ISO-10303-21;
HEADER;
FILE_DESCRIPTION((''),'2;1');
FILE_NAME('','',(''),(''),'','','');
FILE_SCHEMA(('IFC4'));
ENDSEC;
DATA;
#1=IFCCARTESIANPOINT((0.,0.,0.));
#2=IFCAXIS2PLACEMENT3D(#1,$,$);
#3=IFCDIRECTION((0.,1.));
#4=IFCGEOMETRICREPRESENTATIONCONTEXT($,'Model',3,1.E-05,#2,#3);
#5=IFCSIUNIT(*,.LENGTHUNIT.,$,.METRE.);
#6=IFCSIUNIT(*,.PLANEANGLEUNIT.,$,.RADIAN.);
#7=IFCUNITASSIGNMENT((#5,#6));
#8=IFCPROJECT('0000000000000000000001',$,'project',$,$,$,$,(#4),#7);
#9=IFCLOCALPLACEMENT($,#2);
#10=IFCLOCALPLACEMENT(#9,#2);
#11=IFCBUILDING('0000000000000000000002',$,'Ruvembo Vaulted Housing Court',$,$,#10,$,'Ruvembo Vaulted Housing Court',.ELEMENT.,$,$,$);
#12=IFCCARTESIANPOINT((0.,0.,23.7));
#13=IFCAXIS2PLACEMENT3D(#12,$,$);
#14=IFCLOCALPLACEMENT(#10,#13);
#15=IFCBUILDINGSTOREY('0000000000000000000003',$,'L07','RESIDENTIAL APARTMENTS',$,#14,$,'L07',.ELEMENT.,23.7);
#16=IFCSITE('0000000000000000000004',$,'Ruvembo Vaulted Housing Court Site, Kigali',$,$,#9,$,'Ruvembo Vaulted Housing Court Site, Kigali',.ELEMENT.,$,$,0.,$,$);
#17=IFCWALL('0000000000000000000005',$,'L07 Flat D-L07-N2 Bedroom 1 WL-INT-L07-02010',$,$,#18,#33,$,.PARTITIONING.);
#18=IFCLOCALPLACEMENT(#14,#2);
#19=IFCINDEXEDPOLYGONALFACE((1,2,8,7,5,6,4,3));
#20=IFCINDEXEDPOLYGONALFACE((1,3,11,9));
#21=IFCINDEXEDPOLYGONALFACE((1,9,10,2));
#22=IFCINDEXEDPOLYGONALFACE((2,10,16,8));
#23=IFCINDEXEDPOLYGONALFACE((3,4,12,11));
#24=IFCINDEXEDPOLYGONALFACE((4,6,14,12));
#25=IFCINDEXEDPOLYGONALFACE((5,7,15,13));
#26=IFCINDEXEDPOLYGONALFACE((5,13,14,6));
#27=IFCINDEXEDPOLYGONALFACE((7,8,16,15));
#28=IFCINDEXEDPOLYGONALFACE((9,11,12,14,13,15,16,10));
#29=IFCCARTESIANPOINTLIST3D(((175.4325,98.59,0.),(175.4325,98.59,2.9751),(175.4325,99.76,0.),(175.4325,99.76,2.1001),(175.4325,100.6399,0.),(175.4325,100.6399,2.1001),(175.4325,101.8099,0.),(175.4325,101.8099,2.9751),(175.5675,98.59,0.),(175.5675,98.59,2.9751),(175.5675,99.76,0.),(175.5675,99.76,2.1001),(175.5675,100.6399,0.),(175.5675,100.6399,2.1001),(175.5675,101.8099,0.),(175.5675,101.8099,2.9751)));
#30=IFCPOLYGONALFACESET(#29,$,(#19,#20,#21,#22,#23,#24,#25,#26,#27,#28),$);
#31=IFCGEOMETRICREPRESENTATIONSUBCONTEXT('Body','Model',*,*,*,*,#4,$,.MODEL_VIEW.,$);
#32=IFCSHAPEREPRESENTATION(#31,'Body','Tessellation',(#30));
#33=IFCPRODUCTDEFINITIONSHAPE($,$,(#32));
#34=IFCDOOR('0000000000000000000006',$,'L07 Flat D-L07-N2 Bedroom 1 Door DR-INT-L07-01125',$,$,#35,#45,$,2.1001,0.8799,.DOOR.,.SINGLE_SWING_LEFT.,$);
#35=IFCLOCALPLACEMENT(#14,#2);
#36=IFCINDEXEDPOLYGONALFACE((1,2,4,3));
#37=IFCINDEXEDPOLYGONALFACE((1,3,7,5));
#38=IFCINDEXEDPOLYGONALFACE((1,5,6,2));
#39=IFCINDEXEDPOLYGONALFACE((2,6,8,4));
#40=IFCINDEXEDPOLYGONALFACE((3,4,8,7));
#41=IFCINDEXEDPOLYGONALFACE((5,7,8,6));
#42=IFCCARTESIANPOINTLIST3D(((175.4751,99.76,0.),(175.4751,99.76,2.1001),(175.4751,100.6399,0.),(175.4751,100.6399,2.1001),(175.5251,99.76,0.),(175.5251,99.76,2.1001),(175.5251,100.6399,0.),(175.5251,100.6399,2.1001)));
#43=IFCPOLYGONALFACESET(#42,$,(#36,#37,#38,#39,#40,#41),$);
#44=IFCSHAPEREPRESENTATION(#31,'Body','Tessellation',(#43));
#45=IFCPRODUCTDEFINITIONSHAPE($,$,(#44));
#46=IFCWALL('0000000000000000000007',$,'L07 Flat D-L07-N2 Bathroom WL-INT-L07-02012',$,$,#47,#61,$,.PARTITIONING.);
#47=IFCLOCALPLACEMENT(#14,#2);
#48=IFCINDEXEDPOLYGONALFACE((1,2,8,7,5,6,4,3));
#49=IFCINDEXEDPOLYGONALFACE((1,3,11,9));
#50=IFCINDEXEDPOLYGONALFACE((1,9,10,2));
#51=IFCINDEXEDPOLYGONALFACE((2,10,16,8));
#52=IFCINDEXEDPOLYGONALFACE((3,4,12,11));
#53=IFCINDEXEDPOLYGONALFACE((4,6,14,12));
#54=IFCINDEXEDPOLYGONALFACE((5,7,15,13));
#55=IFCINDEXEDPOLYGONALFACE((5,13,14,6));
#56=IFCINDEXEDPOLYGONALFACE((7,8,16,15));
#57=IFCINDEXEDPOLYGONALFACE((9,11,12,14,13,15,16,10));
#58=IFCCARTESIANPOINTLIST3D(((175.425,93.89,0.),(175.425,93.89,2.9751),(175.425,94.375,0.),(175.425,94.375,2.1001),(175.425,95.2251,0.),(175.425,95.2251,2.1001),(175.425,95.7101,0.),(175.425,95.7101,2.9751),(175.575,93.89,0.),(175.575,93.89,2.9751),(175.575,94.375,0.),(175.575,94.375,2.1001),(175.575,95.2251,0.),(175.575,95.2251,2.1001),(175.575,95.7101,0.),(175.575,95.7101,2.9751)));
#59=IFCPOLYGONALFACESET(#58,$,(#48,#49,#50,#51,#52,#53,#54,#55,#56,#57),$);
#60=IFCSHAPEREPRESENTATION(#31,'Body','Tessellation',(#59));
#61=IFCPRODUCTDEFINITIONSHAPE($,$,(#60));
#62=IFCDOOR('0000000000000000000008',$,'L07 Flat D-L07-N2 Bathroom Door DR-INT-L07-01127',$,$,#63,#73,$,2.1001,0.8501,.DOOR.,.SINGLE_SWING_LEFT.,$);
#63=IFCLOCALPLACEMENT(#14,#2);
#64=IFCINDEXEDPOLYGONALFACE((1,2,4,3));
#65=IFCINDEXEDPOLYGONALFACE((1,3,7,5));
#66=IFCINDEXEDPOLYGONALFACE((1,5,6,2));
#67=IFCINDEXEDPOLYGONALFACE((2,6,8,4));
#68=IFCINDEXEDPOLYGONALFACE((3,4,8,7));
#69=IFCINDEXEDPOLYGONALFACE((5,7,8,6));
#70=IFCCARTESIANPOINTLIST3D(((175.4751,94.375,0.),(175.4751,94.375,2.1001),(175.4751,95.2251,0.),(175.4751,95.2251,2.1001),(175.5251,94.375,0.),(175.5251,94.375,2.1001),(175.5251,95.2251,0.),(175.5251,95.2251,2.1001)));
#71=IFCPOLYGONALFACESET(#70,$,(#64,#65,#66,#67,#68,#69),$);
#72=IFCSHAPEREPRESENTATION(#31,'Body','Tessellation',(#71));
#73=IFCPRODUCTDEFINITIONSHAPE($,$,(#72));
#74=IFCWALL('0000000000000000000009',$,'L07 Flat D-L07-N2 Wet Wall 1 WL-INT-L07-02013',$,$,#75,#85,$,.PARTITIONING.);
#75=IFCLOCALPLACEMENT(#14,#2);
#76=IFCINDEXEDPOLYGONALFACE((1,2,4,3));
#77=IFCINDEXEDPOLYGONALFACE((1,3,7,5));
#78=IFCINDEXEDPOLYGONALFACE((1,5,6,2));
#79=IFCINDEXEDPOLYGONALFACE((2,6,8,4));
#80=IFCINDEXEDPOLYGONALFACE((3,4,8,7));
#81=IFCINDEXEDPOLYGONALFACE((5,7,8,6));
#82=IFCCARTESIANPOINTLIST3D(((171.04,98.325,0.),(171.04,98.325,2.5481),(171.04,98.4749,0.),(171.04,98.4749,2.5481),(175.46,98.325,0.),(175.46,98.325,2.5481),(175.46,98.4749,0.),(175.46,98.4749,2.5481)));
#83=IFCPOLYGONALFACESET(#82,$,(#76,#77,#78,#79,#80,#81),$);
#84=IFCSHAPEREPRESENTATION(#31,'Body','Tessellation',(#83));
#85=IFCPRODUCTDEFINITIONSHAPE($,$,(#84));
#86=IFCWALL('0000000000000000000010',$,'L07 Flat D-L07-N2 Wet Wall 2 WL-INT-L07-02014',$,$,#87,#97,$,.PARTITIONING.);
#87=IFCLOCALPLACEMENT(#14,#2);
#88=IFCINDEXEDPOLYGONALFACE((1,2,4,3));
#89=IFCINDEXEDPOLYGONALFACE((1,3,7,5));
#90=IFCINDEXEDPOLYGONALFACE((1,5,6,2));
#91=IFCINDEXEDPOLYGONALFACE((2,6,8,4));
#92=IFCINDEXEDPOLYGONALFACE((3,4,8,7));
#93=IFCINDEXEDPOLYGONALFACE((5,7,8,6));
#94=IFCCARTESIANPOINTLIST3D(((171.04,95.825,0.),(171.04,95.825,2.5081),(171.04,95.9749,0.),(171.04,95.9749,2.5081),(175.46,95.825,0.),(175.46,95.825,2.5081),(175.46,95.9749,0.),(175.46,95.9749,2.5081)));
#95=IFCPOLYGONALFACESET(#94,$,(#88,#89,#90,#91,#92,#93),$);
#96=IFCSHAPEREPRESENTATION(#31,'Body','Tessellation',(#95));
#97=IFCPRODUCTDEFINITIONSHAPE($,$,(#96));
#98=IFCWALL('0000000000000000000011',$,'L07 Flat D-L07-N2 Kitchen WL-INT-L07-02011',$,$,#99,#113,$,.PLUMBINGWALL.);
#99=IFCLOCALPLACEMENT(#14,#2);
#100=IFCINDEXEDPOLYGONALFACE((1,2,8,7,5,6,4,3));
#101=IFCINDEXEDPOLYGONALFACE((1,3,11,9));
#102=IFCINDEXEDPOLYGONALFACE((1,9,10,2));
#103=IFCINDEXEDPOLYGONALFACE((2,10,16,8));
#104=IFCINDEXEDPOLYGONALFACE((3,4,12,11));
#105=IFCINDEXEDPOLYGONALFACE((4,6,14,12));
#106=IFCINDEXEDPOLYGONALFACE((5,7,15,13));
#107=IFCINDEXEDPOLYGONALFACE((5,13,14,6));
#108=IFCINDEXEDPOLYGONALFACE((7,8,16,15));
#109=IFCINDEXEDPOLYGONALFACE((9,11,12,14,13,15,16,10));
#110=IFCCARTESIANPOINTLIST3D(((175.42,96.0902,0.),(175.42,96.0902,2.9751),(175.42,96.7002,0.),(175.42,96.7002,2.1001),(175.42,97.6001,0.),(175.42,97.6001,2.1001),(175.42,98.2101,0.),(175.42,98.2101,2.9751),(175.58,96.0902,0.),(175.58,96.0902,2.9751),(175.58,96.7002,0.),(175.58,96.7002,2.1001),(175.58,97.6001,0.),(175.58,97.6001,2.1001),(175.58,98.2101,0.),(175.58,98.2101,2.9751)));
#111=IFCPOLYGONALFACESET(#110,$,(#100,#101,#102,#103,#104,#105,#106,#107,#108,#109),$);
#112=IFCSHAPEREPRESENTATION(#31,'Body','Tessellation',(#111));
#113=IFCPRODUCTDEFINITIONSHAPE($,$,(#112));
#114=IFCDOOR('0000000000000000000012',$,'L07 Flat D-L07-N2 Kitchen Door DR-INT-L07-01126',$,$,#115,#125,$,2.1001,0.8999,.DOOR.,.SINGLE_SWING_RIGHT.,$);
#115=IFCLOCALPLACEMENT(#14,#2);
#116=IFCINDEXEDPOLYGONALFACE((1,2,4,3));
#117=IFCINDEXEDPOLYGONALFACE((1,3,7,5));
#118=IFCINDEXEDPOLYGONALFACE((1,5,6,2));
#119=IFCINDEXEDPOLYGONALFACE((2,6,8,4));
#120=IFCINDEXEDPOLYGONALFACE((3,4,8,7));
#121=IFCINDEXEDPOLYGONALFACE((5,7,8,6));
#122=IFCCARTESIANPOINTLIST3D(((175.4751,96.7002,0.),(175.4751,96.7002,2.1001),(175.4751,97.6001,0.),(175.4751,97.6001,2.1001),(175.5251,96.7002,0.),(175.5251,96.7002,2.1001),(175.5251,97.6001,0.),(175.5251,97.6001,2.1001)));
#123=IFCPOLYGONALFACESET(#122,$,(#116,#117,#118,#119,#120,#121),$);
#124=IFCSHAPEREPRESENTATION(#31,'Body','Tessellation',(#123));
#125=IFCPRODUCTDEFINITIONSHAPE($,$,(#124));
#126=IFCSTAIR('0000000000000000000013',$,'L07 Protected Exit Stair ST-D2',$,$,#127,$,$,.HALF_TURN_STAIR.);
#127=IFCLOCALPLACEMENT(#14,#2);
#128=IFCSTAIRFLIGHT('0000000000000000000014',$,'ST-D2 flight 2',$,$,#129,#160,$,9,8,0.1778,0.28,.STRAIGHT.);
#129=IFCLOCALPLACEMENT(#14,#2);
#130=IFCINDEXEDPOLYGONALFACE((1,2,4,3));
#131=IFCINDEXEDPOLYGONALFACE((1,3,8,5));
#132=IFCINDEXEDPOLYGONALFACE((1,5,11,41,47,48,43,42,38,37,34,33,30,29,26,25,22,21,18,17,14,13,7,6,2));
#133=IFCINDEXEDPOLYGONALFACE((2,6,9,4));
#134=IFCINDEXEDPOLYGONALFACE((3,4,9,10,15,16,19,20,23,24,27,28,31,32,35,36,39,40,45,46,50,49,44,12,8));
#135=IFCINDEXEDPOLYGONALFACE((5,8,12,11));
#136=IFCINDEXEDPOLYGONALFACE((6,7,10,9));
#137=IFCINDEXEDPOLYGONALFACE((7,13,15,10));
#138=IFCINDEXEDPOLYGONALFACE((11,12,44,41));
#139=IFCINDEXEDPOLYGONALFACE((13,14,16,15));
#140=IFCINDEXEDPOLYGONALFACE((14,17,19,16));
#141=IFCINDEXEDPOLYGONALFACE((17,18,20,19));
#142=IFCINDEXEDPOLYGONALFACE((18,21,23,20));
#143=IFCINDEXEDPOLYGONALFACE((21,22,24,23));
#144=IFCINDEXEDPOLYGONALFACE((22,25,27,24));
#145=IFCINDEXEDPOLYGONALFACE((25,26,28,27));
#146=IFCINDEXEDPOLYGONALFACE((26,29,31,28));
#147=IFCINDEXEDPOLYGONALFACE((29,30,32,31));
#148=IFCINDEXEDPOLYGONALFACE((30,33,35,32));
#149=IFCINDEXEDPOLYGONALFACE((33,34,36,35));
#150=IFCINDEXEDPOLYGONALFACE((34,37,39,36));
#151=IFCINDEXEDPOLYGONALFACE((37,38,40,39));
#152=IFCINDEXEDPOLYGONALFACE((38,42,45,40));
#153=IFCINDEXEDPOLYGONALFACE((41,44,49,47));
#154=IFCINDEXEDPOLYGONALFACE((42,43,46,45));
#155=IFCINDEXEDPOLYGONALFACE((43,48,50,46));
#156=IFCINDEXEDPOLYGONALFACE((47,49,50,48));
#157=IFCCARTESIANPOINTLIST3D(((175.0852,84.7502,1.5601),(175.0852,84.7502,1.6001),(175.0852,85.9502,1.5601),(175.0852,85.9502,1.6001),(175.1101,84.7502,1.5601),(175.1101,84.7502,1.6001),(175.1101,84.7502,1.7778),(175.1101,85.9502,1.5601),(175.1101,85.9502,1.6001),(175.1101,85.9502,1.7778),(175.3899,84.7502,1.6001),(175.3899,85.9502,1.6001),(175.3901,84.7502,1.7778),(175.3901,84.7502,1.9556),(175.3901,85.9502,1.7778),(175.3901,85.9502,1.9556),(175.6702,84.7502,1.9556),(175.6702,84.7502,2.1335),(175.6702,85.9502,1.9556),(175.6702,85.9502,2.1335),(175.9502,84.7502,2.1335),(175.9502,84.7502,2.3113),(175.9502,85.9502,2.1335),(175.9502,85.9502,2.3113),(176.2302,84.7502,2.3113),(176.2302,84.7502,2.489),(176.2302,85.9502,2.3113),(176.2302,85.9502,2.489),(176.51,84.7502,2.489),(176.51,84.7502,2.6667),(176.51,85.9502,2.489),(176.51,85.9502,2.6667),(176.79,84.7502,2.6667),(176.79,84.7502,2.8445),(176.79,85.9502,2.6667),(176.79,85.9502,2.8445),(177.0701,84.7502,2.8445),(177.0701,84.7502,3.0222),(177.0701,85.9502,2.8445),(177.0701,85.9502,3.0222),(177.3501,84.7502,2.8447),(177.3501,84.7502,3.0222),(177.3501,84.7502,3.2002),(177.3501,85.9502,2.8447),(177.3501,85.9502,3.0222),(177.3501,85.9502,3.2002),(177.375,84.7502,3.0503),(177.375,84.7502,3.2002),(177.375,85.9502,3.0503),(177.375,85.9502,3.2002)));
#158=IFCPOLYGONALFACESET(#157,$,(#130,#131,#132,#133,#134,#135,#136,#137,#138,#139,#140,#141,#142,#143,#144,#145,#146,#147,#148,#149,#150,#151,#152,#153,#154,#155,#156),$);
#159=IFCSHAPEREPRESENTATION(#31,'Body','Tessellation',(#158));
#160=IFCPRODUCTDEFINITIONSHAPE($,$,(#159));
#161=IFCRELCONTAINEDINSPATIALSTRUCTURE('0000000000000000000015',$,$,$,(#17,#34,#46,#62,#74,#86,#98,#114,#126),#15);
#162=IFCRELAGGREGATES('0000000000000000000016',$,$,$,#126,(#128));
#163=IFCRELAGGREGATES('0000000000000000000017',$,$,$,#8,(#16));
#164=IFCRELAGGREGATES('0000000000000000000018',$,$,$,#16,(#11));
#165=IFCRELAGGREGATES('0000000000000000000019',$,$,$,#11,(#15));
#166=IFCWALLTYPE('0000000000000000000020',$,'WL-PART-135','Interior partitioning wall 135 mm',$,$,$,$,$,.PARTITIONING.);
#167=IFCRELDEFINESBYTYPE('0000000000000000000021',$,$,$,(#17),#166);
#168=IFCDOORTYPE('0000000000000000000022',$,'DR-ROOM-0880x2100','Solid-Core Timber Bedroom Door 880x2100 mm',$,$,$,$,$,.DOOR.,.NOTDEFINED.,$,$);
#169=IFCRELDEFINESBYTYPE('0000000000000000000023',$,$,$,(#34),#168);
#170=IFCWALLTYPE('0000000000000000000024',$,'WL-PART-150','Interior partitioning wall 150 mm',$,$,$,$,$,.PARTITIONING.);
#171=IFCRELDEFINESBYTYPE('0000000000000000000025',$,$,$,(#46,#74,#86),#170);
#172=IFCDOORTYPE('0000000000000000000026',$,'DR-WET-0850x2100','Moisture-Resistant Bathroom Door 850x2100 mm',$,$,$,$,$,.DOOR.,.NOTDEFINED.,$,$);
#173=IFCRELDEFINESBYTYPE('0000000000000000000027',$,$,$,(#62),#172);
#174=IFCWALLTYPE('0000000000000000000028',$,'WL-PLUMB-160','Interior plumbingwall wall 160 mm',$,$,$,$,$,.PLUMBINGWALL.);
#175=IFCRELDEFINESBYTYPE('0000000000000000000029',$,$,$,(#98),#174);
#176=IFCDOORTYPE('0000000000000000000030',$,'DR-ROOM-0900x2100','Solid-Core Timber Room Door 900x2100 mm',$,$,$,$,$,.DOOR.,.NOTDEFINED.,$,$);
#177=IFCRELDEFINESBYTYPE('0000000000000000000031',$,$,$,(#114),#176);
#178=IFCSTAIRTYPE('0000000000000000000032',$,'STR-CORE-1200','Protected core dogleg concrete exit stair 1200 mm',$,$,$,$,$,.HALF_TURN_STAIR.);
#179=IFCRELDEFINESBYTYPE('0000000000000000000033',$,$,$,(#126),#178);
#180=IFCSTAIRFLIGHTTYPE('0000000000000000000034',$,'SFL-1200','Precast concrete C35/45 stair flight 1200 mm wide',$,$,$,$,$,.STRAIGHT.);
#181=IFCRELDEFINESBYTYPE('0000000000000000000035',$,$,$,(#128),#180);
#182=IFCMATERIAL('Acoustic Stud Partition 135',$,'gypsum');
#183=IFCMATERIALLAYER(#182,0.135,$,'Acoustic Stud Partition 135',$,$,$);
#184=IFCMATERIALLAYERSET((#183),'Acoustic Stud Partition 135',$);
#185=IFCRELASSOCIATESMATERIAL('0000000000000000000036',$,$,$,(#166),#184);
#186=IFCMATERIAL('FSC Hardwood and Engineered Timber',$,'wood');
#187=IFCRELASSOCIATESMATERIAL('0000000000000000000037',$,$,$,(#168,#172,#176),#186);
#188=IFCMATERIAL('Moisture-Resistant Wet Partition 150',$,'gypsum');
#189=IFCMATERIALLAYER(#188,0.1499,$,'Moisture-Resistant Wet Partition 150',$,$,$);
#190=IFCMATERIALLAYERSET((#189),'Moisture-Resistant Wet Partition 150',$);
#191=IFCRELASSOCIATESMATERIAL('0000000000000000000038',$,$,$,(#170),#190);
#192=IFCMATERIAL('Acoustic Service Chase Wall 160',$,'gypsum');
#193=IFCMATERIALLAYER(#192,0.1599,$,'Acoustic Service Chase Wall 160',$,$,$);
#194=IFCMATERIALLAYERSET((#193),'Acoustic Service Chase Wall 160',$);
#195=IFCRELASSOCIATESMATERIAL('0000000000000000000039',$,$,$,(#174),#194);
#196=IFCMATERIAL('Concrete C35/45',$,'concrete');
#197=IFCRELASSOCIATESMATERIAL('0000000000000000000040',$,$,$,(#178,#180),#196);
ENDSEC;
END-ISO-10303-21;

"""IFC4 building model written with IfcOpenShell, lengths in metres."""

from ifc_helpers import new_model, si_unit, direction, frame, frame_2d, origin, place, context, subcontext, project, spatial, polyline, rectangle, outline, extrude, material, layer, layer_set, type_object, element, fill, aggregate, save


model = new_model("IFC4")

# Units and contexts
model_context = context("Model", 3, precision=1e-05, world=origin(), true_north=direction((0.0, 1.0)))
body_context = subcontext(model_context, "Body", "Model", "MODEL_VIEW")
ifc_project = project(units=[si_unit("LENGTHUNIT", "METRE"), si_unit("PLANEANGLEUNIT", "RADIAN")], contexts=[model_context])

# Site, building, storey
site_placement = place(None, origin())
site = spatial("IfcSite", under=ifc_project, at=site_placement, Name="Ruvembo Vaulted Housing Court Site, Kigali", LongName="Ruvembo Vaulted Housing Court Site, Kigali", CompositionType="ELEMENT", RefElevation=0.0)
building_placement = place(site_placement, origin())
building = spatial("IfcBuilding", under=site, at=building_placement, Name="Ruvembo Vaulted Housing Court", LongName="Ruvembo Vaulted Housing Court", CompositionType="ELEMENT")
storey_placement = place(building_placement, frame((0.0, 0.0, 23.7)))
storey = spatial("IfcBuildingStorey", under=building, at=storey_placement, Name="L07", Description="RESIDENTIAL APARTMENTS", LongName="L07", CompositionType="ELEMENT", Elevation=23.7)

# Shared definitions
ifc_material_1 = material(Name="Concrete C35/45", Category="concrete")

# Shared definitions
ifc_material_2 = material(Name="FSC Hardwood and Engineered Timber", Category="wood")

# Walls, openings, doors
ifc_material_3 = material(Name="Acoustic Stud Partition 135", Category="gypsum")
ifc_layer_1 = layer(ifc_material_3, 0.135, Name="Acoustic Stud Partition 135")
ifc_layer_set_1 = layer_set([ifc_layer_1], Name="Acoustic Stud Partition 135")
wall_type_1 = type_object("IfcWallType", Name="WL-PART-135", Description="Interior partitioning wall 135 mm", PredefinedType="PARTITIONING", material=ifc_layer_set_1)
wall_1_placement = place(storey_placement, frame((175.5, 98.5901, 0.0), z_axis=(0.0, 0.0, 1.0), x_axis=(0.0, 1.0, 0.0)))
wall_1 = element("IfcWall", 1, at=wall_1_placement, inside=storey, type_object=wall_type_1, Name="L07 Flat D-L07-N2 Bedroom 1 WL-INT-L07-02010", PredefinedType="PARTITIONING", context=body_context, shape_type="SweptSolid", body=[
    extrude(rectangle(XDim=3.22, YDim=0.135, at=frame_2d((1.6099, 0.0))), origin(), (0.0, 0.0, 1.0), 2.9751),
])
opening_1_placement = place(wall_1_placement, frame((1.1699, 0.0, 0.0)))
opening_1 = element("IfcOpeningElement", 2, at=opening_1_placement, cuts=wall_1, PredefinedType="OPENING", context=body_context, shape_type="SweptSolid", body=[
    extrude(rectangle(XDim=0.8799, YDim=2.1001, at=frame_2d((0.4399, 1.05))), frame((0.0, 0.0774, 0.0), z_axis=(0.0, -1.0, 0.0), x_axis=(1.0, 0.0, 0.0)), (0.0, 0.0, 1.0), 0.155),
])
door_type_1 = type_object("IfcDoorType", Name="DR-ROOM-0880x2100", Description="Solid-Core Timber Bedroom Door 880x2100 mm", OperationType="NOTDEFINED", PredefinedType="DOOR", material=ifc_material_2)
door_1_placement = place(opening_1_placement, origin())
door_1 = element("IfcDoor", 3, at=door_1_placement, inside=storey, type_object=door_type_1, Name="L07 Flat D-L07-N2 Bedroom 1 Door DR-INT-L07-01125", OperationType="SINGLE_SWING_LEFT", OverallHeight=2.1001, OverallWidth=0.8799, PredefinedType="DOOR", context=body_context, shape_type="SweptSolid", body=[
    extrude(rectangle(XDim=0.8799, YDim=2.1001, at=frame_2d((0.4399, 1.05))), frame((0.0, 0.0249, 0.0), z_axis=(0.0, -1.0, 0.0), x_axis=(1.0, 0.0, 0.0)), (0.0, 0.0, 1.0), 0.05),
])
fill(opening_1, door_1)
ifc_material_4 = material(Name="Moisture-Resistant Wet Partition 150", Category="gypsum")
ifc_layer_2 = layer(ifc_material_4, 0.1499, Name="Moisture-Resistant Wet Partition 150")
ifc_layer_set_2 = layer_set([ifc_layer_2], Name="Moisture-Resistant Wet Partition 150")
wall_type_2 = type_object("IfcWallType", Name="WL-PART-150", Description="Interior partitioning wall 150 mm", PredefinedType="PARTITIONING", material=ifc_layer_set_2)
wall_2_placement = place(storey_placement, frame((175.5, 93.8899, 0.0), z_axis=(0.0, 0.0, 1.0), x_axis=(0.0, 1.0, 0.0)))
wall_2 = element("IfcWall", 4, at=wall_2_placement, inside=storey, type_object=wall_type_2, Name="L07 Flat D-L07-N2 Bathroom WL-INT-L07-02012", PredefinedType="PARTITIONING", context=body_context, shape_type="SweptSolid", body=[
    extrude(rectangle(XDim=1.8201, YDim=0.1499, at=frame_2d((0.9102, 0.0))), origin(), (0.0, 0.0, 1.0), 2.9751),
])
opening_2_placement = place(wall_2_placement, frame((0.4851, 0.0, 0.0)))
opening_2 = element("IfcOpeningElement", 5, at=opening_2_placement, cuts=wall_2, PredefinedType="OPENING", context=body_context, shape_type="SweptSolid", body=[
    extrude(rectangle(XDim=0.8501, YDim=2.1001, at=frame_2d((0.425, 1.05))), frame((0.0, 0.085, 0.0), z_axis=(0.0, -1.0, 0.0), x_axis=(1.0, 0.0, 0.0)), (0.0, 0.0, 1.0), 0.1699),
])
door_type_2 = type_object("IfcDoorType", Name="DR-WET-0850x2100", Description="Moisture-Resistant Bathroom Door 850x2100 mm", OperationType="NOTDEFINED", PredefinedType="DOOR", material=ifc_material_2)
door_2_placement = place(opening_2_placement, origin())
door_2 = element("IfcDoor", 6, at=door_2_placement, inside=storey, type_object=door_type_2, Name="L07 Flat D-L07-N2 Bathroom Door DR-INT-L07-01127", OperationType="SINGLE_SWING_LEFT", OverallHeight=2.1001, OverallWidth=0.8501, PredefinedType="DOOR", context=body_context, shape_type="SweptSolid", body=[
    extrude(rectangle(XDim=0.8501, YDim=2.1001, at=frame_2d((0.425, 1.05))), frame((0.0, 0.0249, 0.0), z_axis=(0.0, -1.0, 0.0), x_axis=(1.0, 0.0, 0.0)), (0.0, 0.0, 1.0), 0.05),
])
fill(opening_2, door_2)

# Walls
wall_3_placement = place(storey_placement, frame((171.04, 98.3999, 0.0), z_axis=(0.0, 0.0, 1.0), x_axis=(1.0, 0.0, 0.0)))
element("IfcWall", 7, at=wall_3_placement, inside=storey, type_object=wall_type_2, Name="L07 Flat D-L07-N2 Wet Wall 1 WL-INT-L07-02013", PredefinedType="PARTITIONING", context=body_context, shape_type="SweptSolid", body=[
    extrude(rectangle(XDim=4.4199, YDim=0.1499, at=frame_2d((2.21, 0.0))), origin(), (0.0, 0.0, 1.0), 2.5481),
])
wall_4_placement = place(storey_placement, frame((171.04, 95.8999, 0.0), z_axis=(0.0, 0.0, 1.0), x_axis=(1.0, 0.0, 0.0)))
element("IfcWall", 8, at=wall_4_placement, inside=storey, type_object=wall_type_2, Name="L07 Flat D-L07-N2 Wet Wall 2 WL-INT-L07-02014", PredefinedType="PARTITIONING", context=body_context, shape_type="SweptSolid", body=[
    extrude(rectangle(XDim=4.4199, YDim=0.1499, at=frame_2d((2.21, 0.0))), origin(), (0.0, 0.0, 1.0), 2.5081),
])

# Wall, opening, door
ifc_material_5 = material(Name="Acoustic Service Chase Wall 160", Category="gypsum")
ifc_layer_3 = layer(ifc_material_5, 0.1599, Name="Acoustic Service Chase Wall 160")
ifc_layer_set_3 = layer_set([ifc_layer_3], Name="Acoustic Service Chase Wall 160")
wall_type_3 = type_object("IfcWallType", Name="WL-PLUMB-160", Description="Interior plumbingwall wall 160 mm", PredefinedType="PLUMBINGWALL", material=ifc_layer_set_3)
wall_5_placement = place(storey_placement, frame((175.5, 96.0901, 0.0), z_axis=(0.0, 0.0, 1.0), x_axis=(0.0, 1.0, 0.0)))
wall_5 = element("IfcWall", 9, at=wall_5_placement, inside=storey, type_object=wall_type_3, Name="L07 Flat D-L07-N2 Kitchen WL-INT-L07-02011", PredefinedType="PLUMBINGWALL", context=body_context, shape_type="SweptSolid", body=[
    extrude(rectangle(XDim=2.1199, YDim=0.1599, at=frame_2d((1.0601, 0.0))), origin(), (0.0, 0.0, 1.0), 2.9751),
])
opening_3_placement = place(wall_5_placement, frame((0.6101, 0.0, 0.0)))
opening_3 = element("IfcOpeningElement", 10, at=opening_3_placement, cuts=wall_5, PredefinedType="OPENING", context=body_context, shape_type="SweptSolid", body=[
    extrude(rectangle(XDim=0.8999, YDim=2.1001, at=frame_2d((0.45, 1.05))), frame((0.0, 0.0898, 0.0), z_axis=(0.0, -1.0, 0.0), x_axis=(1.0, 0.0, 0.0)), (0.0, 0.0, 1.0), 0.1799),
])
door_type_3 = type_object("IfcDoorType", Name="DR-ROOM-0900x2100", Description="Solid-Core Timber Room Door 900x2100 mm", OperationType="NOTDEFINED", PredefinedType="DOOR", material=ifc_material_2)
door_3_placement = place(opening_3_placement, origin())
door_3 = element("IfcDoor", 11, at=door_3_placement, inside=storey, type_object=door_type_3, Name="L07 Flat D-L07-N2 Kitchen Door DR-INT-L07-01126", OperationType="SINGLE_SWING_RIGHT", OverallHeight=2.1001, OverallWidth=0.8999, PredefinedType="DOOR", context=body_context, shape_type="SweptSolid", body=[
    extrude(rectangle(XDim=0.8999, YDim=2.1001, at=frame_2d((0.45, 1.05))), frame((0.0, 0.0249, 0.0), z_axis=(0.0, -1.0, 0.0), x_axis=(1.0, 0.0, 0.0)), (0.0, 0.0, 1.0), 0.05),
])
fill(opening_3, door_3)

# Stair, stair flight
stair_type = type_object("IfcStairType", Name="STR-CORE-1200", Description="Protected core dogleg concrete exit stair 1200 mm", PredefinedType="HALF_TURN_STAIR", material=ifc_material_1)
stair_placement = place(storey_placement, origin())
stair = element("IfcStair", 12, at=stair_placement, inside=storey, type_object=stair_type, Name="L07 Protected Exit Stair ST-D2", PredefinedType="HALF_TURN_STAIR")
stair_flight_type = type_object("IfcStairFlightType", Name="SFL-1200", Description="Precast concrete C35/45 stair flight 1200 mm wide", PredefinedType="STRAIGHT", material=ifc_material_1)
stair_flight_placement = place(storey_placement, frame((175.1101, 85.3501, 1.6001), z_axis=(0.0, 0.0, 1.0), x_axis=(1.0, 0.0, 0.0)))
stair_flight = element("IfcStairFlight", 13, at=stair_flight_placement, type_object=stair_flight_type, Name="ST-D2 flight 2", NumberOfRisers=9, NumberOfTreads=8, PredefinedType="STRAIGHT", RiserHeight=0.1778, TreadLength=0.28, context=body_context, shape_type="SweptSolid", body=[
    extrude(outline(polyline([(-0.0249, -0.04), (-0.0249, 0.0), (0.0, 0.0), (0.0, 0.1777), (0.28, 0.1777), (0.28, 0.3555), (0.5601, 0.3555), (0.5601, 0.5334), (0.8401, 0.5334), (0.8401, 0.7112), (1.1201, 0.7112), (1.1201, 0.8889), (1.3999, 0.8889), (1.3999, 1.0667), (1.6799, 1.0667), (1.6799, 1.2444), (1.96, 1.2444), (1.96, 1.4221), (2.24, 1.4221), (2.24, 1.6001), (2.2649, 1.6001), (2.2649, 1.4502), (2.24, 1.2446), (0.2798, 0.0), (0.0, -0.04), (-0.0249, -0.04)])), frame((0.0, 0.6001, 0.0), z_axis=(0.0, -1.0, 0.0), x_axis=(1.0, 0.0, 0.0)), (0.0, 0.0, 1.0), 1.2),
])
aggregate(stair, [stair_flight])

save(model, "model.ifc")
